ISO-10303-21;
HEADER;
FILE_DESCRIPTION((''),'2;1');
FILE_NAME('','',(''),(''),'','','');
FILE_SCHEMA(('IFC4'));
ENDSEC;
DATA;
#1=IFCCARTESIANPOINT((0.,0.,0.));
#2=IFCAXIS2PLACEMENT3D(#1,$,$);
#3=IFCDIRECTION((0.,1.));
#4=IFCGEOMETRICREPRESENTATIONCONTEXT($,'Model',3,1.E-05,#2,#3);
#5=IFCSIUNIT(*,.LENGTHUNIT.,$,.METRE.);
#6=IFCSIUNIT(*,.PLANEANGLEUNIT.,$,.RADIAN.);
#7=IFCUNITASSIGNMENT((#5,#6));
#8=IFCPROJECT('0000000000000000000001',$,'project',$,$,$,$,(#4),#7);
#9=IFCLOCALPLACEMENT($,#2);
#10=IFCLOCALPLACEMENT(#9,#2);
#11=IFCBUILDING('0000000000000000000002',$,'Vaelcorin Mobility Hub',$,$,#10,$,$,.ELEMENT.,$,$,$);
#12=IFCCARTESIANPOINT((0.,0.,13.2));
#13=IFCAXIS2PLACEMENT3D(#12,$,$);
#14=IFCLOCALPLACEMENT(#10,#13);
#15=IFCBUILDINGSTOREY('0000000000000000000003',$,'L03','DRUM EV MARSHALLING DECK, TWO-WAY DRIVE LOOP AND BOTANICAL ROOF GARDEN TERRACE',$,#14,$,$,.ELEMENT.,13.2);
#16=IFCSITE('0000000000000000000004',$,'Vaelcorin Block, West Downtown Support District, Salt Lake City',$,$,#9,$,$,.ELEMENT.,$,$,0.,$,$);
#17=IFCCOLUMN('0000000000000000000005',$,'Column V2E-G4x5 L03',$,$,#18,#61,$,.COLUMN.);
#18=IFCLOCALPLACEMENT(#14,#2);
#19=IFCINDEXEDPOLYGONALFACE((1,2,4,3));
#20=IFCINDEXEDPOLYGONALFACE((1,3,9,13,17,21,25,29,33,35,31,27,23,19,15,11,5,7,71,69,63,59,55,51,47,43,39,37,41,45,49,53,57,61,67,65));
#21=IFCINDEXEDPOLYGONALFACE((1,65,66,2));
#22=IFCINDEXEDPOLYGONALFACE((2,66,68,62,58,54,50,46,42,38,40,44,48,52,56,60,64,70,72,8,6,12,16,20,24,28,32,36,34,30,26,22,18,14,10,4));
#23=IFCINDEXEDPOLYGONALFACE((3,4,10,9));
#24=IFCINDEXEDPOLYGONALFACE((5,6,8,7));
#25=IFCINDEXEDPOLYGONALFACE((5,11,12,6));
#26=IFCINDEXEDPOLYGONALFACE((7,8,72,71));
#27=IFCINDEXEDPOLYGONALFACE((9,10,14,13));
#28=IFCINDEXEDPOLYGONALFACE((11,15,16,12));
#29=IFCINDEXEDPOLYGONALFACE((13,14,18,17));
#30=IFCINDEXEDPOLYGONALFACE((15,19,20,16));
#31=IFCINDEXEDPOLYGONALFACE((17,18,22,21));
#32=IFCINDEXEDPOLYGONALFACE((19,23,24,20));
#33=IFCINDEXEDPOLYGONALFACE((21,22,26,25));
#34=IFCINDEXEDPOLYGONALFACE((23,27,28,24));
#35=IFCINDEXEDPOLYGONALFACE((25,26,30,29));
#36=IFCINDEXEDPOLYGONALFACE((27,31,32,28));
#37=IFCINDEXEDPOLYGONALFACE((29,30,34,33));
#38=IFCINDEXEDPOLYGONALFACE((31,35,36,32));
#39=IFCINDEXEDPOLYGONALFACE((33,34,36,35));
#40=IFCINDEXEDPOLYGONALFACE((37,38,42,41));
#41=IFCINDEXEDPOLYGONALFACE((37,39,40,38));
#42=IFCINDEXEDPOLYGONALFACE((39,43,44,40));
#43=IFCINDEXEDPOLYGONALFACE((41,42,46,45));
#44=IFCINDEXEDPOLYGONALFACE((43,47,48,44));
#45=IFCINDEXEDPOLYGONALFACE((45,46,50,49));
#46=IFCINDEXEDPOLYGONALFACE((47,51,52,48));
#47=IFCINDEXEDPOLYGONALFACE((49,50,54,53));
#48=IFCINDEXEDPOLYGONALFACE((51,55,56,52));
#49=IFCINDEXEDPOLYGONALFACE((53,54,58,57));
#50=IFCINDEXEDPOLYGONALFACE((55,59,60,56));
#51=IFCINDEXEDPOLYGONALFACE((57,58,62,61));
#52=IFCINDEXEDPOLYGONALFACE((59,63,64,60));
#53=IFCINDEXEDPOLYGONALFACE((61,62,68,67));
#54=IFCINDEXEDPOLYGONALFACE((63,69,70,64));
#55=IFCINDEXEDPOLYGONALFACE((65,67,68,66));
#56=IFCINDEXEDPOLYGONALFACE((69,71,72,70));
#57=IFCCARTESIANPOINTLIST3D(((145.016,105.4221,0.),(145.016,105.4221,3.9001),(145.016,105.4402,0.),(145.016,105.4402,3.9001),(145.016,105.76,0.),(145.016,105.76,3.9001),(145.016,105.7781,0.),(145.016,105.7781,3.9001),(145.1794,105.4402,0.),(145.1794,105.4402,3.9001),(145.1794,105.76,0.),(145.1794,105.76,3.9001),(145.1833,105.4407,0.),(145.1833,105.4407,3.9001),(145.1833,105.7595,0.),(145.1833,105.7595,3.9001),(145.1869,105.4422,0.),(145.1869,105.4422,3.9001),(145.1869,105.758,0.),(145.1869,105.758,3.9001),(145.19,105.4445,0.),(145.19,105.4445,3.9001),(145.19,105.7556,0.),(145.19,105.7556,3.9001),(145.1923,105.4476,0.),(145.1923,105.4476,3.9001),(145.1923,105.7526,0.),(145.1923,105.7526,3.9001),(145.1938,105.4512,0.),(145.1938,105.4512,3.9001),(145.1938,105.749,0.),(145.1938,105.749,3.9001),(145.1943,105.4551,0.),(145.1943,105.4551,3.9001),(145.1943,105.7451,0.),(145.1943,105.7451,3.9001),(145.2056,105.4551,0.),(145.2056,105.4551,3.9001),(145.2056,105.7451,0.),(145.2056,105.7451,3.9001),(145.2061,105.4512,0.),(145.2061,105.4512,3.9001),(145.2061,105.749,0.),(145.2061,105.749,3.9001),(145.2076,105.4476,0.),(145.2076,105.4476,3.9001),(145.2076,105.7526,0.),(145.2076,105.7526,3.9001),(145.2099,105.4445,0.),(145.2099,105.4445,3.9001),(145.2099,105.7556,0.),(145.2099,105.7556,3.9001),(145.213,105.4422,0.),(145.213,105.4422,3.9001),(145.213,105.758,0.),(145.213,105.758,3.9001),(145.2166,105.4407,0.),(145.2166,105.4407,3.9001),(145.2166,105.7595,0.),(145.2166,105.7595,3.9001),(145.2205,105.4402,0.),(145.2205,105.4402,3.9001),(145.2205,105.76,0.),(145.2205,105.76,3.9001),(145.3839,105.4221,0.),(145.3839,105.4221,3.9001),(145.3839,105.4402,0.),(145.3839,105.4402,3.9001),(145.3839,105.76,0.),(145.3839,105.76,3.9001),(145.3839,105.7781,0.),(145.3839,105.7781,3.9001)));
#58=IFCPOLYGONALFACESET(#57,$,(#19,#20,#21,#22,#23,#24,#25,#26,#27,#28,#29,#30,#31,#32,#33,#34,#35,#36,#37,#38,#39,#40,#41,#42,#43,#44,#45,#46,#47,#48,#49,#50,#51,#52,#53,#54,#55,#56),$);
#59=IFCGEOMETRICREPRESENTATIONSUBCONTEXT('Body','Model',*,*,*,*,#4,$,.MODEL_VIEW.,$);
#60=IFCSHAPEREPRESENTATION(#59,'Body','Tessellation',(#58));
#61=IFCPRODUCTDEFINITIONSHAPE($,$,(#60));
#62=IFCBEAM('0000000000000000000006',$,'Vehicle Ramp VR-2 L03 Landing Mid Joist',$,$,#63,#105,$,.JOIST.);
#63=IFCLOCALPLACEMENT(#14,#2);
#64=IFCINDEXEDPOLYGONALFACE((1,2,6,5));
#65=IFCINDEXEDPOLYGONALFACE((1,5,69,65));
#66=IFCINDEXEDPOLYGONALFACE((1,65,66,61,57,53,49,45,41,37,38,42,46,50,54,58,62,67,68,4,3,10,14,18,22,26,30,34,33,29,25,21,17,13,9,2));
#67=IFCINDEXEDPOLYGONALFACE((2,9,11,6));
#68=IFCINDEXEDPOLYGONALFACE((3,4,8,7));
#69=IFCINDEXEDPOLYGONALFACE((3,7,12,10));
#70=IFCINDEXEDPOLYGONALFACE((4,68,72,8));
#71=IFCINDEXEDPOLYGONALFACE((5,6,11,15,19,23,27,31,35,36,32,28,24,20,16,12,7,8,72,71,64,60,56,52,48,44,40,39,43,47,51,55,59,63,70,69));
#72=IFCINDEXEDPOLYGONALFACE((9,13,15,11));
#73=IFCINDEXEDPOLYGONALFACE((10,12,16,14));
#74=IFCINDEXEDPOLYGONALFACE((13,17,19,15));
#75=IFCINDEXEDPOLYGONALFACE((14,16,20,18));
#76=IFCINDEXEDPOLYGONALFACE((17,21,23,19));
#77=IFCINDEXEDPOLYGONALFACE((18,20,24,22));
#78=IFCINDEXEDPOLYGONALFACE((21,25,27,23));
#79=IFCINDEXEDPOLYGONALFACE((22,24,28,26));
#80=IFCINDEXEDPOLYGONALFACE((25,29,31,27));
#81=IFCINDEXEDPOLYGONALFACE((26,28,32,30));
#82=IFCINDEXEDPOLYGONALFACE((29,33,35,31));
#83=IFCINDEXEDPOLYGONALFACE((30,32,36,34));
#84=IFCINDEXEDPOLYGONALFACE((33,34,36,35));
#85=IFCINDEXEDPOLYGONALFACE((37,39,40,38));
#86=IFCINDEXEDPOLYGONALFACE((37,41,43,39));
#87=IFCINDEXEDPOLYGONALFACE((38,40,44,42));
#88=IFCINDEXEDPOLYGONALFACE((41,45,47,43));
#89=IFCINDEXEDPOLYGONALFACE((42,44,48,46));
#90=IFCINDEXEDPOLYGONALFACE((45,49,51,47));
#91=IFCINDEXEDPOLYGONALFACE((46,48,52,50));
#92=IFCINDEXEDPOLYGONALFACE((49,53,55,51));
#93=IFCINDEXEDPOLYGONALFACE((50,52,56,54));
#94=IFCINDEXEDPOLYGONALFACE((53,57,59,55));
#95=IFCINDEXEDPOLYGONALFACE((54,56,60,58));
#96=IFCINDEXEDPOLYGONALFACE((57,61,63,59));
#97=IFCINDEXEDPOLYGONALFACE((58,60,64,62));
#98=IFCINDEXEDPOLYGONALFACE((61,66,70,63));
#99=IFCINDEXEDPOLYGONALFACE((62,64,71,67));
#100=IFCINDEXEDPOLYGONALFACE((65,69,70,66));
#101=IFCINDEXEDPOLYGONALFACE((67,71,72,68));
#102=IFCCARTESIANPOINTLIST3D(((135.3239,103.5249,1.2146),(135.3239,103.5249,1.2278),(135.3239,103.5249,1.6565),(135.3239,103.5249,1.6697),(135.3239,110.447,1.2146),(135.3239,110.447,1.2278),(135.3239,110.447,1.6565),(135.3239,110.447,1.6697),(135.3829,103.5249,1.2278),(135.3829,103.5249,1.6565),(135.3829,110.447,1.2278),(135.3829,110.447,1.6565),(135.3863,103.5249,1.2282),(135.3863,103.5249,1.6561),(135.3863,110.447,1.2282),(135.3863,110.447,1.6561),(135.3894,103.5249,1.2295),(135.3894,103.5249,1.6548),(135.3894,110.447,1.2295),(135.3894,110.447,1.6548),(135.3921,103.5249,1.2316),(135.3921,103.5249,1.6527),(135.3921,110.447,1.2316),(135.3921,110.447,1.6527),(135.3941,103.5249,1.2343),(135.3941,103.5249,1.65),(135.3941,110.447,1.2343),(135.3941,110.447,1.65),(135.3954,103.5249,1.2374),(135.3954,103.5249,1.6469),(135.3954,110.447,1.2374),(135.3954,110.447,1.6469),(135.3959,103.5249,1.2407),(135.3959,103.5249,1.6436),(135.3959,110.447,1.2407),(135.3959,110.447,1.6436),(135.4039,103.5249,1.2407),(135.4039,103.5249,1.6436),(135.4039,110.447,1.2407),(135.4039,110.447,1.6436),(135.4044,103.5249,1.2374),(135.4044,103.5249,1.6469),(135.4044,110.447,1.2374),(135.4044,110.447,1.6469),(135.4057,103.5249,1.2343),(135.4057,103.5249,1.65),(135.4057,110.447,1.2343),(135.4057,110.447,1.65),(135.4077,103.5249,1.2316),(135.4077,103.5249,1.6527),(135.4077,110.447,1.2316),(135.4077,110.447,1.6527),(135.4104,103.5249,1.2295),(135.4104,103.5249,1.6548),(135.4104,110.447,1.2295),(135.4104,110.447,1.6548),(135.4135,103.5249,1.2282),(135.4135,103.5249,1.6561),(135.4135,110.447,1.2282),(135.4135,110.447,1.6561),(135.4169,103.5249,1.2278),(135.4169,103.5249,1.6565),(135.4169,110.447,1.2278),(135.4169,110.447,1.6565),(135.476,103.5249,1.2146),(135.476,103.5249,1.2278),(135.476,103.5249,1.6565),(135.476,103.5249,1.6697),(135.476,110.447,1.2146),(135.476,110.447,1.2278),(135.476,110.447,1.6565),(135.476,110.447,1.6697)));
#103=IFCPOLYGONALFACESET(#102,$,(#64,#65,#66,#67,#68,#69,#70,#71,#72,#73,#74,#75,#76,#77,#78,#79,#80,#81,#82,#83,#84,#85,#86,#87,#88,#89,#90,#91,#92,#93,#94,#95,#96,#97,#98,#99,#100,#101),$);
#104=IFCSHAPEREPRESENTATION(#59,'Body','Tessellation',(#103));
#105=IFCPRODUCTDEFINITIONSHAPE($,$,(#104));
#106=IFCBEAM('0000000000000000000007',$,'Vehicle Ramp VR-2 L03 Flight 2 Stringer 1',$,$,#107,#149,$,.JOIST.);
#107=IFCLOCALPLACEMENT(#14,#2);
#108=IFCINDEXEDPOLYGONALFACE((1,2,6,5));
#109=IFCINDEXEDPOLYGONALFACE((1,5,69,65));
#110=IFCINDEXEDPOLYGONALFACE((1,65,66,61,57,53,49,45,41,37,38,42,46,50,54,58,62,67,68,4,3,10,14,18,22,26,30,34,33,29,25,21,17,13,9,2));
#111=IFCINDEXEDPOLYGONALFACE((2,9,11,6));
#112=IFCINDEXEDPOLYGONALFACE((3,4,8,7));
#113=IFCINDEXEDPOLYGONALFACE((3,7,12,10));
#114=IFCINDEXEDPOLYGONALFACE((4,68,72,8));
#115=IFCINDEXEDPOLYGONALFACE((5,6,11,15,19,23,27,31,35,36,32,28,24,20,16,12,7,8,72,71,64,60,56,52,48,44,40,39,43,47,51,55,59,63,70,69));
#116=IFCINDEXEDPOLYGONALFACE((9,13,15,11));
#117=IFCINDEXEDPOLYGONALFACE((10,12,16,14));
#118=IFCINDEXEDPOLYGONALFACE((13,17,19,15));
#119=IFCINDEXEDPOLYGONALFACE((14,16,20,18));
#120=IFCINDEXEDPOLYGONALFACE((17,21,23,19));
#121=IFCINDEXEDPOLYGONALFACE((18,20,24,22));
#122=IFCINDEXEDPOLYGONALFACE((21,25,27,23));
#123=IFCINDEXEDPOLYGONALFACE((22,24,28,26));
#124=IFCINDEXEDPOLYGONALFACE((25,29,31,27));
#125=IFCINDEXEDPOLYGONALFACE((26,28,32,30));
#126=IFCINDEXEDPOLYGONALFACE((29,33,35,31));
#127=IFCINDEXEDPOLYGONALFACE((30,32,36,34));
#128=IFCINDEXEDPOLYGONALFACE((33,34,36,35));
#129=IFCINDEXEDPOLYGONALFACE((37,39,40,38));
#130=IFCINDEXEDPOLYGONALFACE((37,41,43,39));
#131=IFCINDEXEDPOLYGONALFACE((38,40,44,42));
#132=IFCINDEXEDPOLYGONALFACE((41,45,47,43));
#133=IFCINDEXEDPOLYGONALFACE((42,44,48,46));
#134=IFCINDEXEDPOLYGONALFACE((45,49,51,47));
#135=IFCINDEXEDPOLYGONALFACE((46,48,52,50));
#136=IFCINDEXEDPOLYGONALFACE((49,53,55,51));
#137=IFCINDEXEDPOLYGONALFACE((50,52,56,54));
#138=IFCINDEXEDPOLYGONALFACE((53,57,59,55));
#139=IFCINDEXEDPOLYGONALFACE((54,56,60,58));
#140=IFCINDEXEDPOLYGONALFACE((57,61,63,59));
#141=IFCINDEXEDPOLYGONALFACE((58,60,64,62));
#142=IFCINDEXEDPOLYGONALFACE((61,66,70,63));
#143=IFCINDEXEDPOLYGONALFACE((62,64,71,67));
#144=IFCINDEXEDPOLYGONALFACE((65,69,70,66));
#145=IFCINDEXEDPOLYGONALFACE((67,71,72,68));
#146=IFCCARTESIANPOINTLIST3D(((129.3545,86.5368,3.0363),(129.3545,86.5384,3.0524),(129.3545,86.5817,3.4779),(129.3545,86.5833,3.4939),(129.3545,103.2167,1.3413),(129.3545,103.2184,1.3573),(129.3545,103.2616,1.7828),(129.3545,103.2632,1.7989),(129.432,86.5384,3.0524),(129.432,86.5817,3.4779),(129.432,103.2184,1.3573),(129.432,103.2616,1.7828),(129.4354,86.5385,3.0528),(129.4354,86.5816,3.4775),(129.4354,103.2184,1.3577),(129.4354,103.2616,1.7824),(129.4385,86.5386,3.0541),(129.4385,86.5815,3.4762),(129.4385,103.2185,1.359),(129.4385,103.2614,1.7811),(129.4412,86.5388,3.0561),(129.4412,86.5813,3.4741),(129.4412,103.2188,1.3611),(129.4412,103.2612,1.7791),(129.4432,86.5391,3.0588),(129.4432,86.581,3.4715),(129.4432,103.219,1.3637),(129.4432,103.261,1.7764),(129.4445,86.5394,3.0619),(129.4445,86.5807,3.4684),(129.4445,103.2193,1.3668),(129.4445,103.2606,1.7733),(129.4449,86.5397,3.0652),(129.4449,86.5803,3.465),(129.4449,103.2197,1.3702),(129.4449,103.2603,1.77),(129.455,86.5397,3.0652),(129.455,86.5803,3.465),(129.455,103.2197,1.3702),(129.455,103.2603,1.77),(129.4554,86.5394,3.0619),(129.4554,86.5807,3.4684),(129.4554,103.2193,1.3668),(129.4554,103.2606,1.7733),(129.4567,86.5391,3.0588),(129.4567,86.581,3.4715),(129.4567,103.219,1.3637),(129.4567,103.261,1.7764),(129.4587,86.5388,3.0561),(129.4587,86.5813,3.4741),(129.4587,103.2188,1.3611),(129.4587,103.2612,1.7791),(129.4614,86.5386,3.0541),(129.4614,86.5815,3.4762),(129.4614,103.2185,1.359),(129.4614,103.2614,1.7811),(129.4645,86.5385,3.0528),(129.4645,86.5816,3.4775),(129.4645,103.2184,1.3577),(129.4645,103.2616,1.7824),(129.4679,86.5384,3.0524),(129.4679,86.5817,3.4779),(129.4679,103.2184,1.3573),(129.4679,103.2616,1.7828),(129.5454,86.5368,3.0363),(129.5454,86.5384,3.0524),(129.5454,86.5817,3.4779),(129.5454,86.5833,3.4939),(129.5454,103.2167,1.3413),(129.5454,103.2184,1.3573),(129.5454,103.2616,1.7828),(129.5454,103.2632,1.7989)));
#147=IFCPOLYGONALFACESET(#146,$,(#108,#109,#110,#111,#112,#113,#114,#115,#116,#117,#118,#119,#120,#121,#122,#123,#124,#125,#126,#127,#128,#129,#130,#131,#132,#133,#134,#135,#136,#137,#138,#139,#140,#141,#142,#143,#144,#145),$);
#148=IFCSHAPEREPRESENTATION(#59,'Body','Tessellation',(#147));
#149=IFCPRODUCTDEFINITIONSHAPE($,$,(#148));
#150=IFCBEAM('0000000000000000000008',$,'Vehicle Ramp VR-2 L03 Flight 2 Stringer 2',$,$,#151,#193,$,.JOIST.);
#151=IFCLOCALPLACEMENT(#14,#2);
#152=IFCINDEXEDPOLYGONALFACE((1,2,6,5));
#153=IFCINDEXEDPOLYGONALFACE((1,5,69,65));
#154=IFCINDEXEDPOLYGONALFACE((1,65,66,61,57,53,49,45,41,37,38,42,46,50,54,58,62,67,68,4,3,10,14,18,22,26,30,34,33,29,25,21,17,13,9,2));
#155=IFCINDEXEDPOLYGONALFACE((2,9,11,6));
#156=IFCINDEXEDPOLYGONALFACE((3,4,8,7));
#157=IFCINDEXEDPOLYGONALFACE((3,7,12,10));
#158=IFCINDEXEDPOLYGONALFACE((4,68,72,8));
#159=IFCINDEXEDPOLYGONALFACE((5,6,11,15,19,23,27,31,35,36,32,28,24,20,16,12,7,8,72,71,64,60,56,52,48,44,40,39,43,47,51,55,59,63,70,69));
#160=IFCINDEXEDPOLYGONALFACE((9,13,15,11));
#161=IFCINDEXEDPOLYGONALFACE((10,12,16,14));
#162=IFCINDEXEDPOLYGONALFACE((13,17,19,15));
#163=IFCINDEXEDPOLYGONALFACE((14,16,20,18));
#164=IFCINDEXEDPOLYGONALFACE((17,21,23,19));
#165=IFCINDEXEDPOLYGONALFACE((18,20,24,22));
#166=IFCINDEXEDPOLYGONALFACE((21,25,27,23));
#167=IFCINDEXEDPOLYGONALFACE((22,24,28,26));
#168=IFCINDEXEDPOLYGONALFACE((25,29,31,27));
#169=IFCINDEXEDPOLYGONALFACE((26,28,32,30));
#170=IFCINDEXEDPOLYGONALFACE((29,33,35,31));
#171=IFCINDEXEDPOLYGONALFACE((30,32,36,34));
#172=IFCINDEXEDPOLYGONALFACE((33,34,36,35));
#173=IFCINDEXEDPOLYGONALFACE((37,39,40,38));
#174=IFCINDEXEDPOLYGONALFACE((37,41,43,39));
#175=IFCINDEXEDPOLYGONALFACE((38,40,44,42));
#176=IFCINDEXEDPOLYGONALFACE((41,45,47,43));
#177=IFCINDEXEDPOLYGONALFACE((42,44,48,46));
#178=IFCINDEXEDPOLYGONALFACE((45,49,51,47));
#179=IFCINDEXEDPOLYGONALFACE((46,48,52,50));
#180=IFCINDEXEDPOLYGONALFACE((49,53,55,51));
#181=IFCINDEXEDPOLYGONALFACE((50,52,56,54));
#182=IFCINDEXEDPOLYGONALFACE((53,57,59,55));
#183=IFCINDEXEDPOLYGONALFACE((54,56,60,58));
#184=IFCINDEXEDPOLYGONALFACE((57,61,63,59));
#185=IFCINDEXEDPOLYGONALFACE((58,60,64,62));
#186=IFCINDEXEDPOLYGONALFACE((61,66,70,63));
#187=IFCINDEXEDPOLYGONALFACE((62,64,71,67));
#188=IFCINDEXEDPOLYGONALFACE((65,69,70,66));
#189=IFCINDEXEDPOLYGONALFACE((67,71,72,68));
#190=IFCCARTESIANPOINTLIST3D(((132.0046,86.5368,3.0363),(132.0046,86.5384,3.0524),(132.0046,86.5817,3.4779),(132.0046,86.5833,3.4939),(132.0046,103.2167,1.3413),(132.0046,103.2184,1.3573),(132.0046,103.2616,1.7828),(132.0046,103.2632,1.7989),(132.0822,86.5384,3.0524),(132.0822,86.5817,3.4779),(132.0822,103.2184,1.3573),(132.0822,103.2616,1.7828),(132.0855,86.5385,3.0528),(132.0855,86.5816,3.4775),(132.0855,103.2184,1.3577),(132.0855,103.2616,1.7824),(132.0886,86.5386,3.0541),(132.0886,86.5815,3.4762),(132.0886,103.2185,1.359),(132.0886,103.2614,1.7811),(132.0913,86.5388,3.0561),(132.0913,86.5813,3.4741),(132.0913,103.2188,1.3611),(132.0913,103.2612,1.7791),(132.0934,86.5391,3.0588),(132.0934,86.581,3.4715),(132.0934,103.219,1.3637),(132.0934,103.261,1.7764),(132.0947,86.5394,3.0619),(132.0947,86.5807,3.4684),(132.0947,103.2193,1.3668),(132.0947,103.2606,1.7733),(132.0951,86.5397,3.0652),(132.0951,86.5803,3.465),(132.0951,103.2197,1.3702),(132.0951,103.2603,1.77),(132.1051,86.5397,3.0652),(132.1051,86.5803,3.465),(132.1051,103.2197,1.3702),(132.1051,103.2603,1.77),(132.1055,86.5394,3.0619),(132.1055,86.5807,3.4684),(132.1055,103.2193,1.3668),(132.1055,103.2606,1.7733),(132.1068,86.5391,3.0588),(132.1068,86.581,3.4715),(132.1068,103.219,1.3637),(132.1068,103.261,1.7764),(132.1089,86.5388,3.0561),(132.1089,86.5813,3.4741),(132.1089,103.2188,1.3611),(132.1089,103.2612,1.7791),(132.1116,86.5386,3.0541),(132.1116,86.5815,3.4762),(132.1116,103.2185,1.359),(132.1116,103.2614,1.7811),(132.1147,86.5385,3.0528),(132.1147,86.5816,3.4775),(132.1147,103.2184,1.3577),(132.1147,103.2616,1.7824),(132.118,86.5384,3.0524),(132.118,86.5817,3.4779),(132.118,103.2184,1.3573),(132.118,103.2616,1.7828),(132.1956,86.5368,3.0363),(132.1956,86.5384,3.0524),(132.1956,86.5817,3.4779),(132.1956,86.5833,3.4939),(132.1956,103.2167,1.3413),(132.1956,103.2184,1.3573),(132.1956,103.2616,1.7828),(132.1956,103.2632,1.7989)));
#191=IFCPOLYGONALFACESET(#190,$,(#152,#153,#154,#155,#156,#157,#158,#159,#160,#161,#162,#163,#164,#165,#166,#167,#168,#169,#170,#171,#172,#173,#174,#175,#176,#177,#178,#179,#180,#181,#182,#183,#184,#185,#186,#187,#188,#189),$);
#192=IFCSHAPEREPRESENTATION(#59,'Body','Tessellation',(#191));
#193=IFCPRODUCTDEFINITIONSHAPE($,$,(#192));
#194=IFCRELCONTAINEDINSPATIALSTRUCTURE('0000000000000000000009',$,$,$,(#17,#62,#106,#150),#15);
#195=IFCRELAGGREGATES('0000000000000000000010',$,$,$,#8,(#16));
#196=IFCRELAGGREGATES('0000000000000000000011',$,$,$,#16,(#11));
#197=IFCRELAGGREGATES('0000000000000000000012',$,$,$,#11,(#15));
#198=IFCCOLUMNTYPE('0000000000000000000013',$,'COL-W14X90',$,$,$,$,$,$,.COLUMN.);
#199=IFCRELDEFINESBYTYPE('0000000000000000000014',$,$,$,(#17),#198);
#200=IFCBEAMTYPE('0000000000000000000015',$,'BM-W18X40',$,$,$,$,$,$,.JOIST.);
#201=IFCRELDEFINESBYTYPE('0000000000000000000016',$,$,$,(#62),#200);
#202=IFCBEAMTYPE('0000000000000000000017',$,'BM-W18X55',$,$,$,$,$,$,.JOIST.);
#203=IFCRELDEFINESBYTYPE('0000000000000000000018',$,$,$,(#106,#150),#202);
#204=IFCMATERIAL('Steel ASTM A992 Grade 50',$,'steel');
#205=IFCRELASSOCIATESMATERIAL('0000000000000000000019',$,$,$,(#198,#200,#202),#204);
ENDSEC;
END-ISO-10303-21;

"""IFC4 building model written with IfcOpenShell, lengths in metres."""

from ifc_helpers import new_model, si_unit, direction, frame, origin, origin_2d, place, context, subcontext, project, spatial, i_section, extrude, material, material_profile, profile_set, type_object, element, save


model = new_model("IFC4")

# Units and contexts
model_context = context("Model", 3, precision=1e-05, world=origin(), true_north=direction((0.0, 1.0)))
body_context = subcontext(model_context, "Body", "Model", "MODEL_VIEW")
ifc_project = project(units=[si_unit("LENGTHUNIT", "METRE"), si_unit("PLANEANGLEUNIT", "RADIAN")], contexts=[model_context])

# Site, building, storey
site_placement = place(None, origin())
site = spatial("IfcSite", under=ifc_project, at=site_placement, Name="Vaelcorin Block, West Downtown Support District, Salt Lake City", CompositionType="ELEMENT", RefElevation=0.0)
building_placement = place(site_placement, origin())
building = spatial("IfcBuilding", under=site, at=building_placement, Name="Vaelcorin Mobility Hub", CompositionType="ELEMENT")
storey_placement = place(building_placement, frame((0.0, 0.0, 13.2)))
storey = spatial("IfcBuildingStorey", under=building, at=storey_placement, Name="L03", Description="DRUM EV MARSHALLING DECK, TWO-WAY DRIVE LOOP AND BOTANICAL ROOF GARDEN TERRACE", CompositionType="ELEMENT", Elevation=13.2)

# Column
ifc_material_1 = material(Name="Steel ASTM A992 Grade 50", Category="steel")
ifc_material_profile_1 = material_profile(ifc_material_1, i_section(OverallWidth=0.3679, OverallDepth=0.356, WebThickness=0.0112, FlangeThickness=0.0181, FilletRadius=0.0149, at=origin_2d()), Name="W14X90")
ifc_profile_set_1 = profile_set([ifc_material_profile_1], Name="Steel ASTM A992 Grade 50")
column_type_1 = type_object("IfcColumnType", Name="COL-W14X90", PredefinedType="COLUMN", material=ifc_profile_set_1)
for number, where, z_axis, x_axis, name in (
    (1, (145.2, 105.6001, 0.0), (0.0, 0.0, 1.0), (1.0, 0.0, 0.0), "Column V2E-G4x5 L03"),
):
    element("IfcColumn", number, at=place(storey_placement, frame(where, z_axis=z_axis, x_axis=x_axis)), inside=storey, type_object=column_type_1, Name=name, PredefinedType="COLUMN", context=body_context, shape_type="SweptSolid", body=[
        extrude(i_section(OverallWidth=0.3679, OverallDepth=0.356, WebThickness=0.0112, FlangeThickness=0.0181, FilletRadius=0.0149, at=origin_2d()), origin(), (0.0, 0.0, 1.0), 3.9001),
    ])

# Beams
ifc_material_profile_2 = material_profile(ifc_material_1, i_section(OverallWidth=0.1521, OverallDepth=0.4551, WebThickness=0.0081, FlangeThickness=0.0132, FilletRadius=0.0129, at=origin_2d()), Name="W18X40")
ifc_profile_set_2 = profile_set([ifc_material_profile_2], Name="Steel ASTM A992 Grade 50")
beam_type_1 = type_object("IfcBeamType", Name="BM-W18X40", PredefinedType="JOIST", material=ifc_profile_set_2)
beam_1_placement = place(storey_placement, frame((135.3999, 103.5249, 1.4421), z_axis=(0.0, 1.0, 0.0), x_axis=(-1.0, 0.0, 0.0)))
element("IfcBeam", 2, at=beam_1_placement, inside=storey, type_object=beam_type_1, Name="Vehicle Ramp VR-2 L03 Landing Mid Joist", PredefinedType="JOIST", context=body_context, shape_type="SweptSolid", body=[
    extrude(i_section(OverallWidth=0.1521, OverallDepth=0.4551, WebThickness=0.0081, FlangeThickness=0.0132, FilletRadius=0.0129, at=origin_2d()), origin(), (0.0, 0.0, 1.0), 6.9221),
])
ifc_material_profile_3 = material_profile(ifc_material_1, i_section(OverallWidth=0.1909, OverallDepth=0.46, WebThickness=0.01, FlangeThickness=0.0161, FilletRadius=0.0129, at=origin_2d()), Name="W18X55")
ifc_profile_set_3 = profile_set([ifc_material_profile_3], Name="Steel ASTM A992 Grade 50")
beam_type_2 = type_object("IfcBeamType", Name="BM-W18X55", PredefinedType="JOIST", material=ifc_profile_set_3)
for number, where, z_axis, x_axis, name in (
    (3, (129.45, 103.24, 1.5701), (0.0, -0.994876, 0.101103), (1.0, 0.0, 0.0), "Vehicle Ramp VR-2 L03 Flight 2 Stringer 1"),
    (4, (132.1001, 103.24, 1.5701), (0.0, -0.994876, 0.101103), (1.0, 0.0, 0.0), "Vehicle Ramp VR-2 L03 Flight 2 Stringer 2"),
):
    element("IfcBeam", number, at=place(storey_placement, frame(where, z_axis=z_axis, x_axis=x_axis)), inside=storey, type_object=beam_type_2, Name=name, PredefinedType="JOIST", context=body_context, shape_type="SweptSolid", body=[
        extrude(i_section(OverallWidth=0.1909, OverallDepth=0.46, WebThickness=0.01, FlangeThickness=0.0161, FilletRadius=0.0129, at=origin_2d()), origin(), (0.0, 0.0, 1.0), 16.7659),
    ])

save(model, "model.ifc")
